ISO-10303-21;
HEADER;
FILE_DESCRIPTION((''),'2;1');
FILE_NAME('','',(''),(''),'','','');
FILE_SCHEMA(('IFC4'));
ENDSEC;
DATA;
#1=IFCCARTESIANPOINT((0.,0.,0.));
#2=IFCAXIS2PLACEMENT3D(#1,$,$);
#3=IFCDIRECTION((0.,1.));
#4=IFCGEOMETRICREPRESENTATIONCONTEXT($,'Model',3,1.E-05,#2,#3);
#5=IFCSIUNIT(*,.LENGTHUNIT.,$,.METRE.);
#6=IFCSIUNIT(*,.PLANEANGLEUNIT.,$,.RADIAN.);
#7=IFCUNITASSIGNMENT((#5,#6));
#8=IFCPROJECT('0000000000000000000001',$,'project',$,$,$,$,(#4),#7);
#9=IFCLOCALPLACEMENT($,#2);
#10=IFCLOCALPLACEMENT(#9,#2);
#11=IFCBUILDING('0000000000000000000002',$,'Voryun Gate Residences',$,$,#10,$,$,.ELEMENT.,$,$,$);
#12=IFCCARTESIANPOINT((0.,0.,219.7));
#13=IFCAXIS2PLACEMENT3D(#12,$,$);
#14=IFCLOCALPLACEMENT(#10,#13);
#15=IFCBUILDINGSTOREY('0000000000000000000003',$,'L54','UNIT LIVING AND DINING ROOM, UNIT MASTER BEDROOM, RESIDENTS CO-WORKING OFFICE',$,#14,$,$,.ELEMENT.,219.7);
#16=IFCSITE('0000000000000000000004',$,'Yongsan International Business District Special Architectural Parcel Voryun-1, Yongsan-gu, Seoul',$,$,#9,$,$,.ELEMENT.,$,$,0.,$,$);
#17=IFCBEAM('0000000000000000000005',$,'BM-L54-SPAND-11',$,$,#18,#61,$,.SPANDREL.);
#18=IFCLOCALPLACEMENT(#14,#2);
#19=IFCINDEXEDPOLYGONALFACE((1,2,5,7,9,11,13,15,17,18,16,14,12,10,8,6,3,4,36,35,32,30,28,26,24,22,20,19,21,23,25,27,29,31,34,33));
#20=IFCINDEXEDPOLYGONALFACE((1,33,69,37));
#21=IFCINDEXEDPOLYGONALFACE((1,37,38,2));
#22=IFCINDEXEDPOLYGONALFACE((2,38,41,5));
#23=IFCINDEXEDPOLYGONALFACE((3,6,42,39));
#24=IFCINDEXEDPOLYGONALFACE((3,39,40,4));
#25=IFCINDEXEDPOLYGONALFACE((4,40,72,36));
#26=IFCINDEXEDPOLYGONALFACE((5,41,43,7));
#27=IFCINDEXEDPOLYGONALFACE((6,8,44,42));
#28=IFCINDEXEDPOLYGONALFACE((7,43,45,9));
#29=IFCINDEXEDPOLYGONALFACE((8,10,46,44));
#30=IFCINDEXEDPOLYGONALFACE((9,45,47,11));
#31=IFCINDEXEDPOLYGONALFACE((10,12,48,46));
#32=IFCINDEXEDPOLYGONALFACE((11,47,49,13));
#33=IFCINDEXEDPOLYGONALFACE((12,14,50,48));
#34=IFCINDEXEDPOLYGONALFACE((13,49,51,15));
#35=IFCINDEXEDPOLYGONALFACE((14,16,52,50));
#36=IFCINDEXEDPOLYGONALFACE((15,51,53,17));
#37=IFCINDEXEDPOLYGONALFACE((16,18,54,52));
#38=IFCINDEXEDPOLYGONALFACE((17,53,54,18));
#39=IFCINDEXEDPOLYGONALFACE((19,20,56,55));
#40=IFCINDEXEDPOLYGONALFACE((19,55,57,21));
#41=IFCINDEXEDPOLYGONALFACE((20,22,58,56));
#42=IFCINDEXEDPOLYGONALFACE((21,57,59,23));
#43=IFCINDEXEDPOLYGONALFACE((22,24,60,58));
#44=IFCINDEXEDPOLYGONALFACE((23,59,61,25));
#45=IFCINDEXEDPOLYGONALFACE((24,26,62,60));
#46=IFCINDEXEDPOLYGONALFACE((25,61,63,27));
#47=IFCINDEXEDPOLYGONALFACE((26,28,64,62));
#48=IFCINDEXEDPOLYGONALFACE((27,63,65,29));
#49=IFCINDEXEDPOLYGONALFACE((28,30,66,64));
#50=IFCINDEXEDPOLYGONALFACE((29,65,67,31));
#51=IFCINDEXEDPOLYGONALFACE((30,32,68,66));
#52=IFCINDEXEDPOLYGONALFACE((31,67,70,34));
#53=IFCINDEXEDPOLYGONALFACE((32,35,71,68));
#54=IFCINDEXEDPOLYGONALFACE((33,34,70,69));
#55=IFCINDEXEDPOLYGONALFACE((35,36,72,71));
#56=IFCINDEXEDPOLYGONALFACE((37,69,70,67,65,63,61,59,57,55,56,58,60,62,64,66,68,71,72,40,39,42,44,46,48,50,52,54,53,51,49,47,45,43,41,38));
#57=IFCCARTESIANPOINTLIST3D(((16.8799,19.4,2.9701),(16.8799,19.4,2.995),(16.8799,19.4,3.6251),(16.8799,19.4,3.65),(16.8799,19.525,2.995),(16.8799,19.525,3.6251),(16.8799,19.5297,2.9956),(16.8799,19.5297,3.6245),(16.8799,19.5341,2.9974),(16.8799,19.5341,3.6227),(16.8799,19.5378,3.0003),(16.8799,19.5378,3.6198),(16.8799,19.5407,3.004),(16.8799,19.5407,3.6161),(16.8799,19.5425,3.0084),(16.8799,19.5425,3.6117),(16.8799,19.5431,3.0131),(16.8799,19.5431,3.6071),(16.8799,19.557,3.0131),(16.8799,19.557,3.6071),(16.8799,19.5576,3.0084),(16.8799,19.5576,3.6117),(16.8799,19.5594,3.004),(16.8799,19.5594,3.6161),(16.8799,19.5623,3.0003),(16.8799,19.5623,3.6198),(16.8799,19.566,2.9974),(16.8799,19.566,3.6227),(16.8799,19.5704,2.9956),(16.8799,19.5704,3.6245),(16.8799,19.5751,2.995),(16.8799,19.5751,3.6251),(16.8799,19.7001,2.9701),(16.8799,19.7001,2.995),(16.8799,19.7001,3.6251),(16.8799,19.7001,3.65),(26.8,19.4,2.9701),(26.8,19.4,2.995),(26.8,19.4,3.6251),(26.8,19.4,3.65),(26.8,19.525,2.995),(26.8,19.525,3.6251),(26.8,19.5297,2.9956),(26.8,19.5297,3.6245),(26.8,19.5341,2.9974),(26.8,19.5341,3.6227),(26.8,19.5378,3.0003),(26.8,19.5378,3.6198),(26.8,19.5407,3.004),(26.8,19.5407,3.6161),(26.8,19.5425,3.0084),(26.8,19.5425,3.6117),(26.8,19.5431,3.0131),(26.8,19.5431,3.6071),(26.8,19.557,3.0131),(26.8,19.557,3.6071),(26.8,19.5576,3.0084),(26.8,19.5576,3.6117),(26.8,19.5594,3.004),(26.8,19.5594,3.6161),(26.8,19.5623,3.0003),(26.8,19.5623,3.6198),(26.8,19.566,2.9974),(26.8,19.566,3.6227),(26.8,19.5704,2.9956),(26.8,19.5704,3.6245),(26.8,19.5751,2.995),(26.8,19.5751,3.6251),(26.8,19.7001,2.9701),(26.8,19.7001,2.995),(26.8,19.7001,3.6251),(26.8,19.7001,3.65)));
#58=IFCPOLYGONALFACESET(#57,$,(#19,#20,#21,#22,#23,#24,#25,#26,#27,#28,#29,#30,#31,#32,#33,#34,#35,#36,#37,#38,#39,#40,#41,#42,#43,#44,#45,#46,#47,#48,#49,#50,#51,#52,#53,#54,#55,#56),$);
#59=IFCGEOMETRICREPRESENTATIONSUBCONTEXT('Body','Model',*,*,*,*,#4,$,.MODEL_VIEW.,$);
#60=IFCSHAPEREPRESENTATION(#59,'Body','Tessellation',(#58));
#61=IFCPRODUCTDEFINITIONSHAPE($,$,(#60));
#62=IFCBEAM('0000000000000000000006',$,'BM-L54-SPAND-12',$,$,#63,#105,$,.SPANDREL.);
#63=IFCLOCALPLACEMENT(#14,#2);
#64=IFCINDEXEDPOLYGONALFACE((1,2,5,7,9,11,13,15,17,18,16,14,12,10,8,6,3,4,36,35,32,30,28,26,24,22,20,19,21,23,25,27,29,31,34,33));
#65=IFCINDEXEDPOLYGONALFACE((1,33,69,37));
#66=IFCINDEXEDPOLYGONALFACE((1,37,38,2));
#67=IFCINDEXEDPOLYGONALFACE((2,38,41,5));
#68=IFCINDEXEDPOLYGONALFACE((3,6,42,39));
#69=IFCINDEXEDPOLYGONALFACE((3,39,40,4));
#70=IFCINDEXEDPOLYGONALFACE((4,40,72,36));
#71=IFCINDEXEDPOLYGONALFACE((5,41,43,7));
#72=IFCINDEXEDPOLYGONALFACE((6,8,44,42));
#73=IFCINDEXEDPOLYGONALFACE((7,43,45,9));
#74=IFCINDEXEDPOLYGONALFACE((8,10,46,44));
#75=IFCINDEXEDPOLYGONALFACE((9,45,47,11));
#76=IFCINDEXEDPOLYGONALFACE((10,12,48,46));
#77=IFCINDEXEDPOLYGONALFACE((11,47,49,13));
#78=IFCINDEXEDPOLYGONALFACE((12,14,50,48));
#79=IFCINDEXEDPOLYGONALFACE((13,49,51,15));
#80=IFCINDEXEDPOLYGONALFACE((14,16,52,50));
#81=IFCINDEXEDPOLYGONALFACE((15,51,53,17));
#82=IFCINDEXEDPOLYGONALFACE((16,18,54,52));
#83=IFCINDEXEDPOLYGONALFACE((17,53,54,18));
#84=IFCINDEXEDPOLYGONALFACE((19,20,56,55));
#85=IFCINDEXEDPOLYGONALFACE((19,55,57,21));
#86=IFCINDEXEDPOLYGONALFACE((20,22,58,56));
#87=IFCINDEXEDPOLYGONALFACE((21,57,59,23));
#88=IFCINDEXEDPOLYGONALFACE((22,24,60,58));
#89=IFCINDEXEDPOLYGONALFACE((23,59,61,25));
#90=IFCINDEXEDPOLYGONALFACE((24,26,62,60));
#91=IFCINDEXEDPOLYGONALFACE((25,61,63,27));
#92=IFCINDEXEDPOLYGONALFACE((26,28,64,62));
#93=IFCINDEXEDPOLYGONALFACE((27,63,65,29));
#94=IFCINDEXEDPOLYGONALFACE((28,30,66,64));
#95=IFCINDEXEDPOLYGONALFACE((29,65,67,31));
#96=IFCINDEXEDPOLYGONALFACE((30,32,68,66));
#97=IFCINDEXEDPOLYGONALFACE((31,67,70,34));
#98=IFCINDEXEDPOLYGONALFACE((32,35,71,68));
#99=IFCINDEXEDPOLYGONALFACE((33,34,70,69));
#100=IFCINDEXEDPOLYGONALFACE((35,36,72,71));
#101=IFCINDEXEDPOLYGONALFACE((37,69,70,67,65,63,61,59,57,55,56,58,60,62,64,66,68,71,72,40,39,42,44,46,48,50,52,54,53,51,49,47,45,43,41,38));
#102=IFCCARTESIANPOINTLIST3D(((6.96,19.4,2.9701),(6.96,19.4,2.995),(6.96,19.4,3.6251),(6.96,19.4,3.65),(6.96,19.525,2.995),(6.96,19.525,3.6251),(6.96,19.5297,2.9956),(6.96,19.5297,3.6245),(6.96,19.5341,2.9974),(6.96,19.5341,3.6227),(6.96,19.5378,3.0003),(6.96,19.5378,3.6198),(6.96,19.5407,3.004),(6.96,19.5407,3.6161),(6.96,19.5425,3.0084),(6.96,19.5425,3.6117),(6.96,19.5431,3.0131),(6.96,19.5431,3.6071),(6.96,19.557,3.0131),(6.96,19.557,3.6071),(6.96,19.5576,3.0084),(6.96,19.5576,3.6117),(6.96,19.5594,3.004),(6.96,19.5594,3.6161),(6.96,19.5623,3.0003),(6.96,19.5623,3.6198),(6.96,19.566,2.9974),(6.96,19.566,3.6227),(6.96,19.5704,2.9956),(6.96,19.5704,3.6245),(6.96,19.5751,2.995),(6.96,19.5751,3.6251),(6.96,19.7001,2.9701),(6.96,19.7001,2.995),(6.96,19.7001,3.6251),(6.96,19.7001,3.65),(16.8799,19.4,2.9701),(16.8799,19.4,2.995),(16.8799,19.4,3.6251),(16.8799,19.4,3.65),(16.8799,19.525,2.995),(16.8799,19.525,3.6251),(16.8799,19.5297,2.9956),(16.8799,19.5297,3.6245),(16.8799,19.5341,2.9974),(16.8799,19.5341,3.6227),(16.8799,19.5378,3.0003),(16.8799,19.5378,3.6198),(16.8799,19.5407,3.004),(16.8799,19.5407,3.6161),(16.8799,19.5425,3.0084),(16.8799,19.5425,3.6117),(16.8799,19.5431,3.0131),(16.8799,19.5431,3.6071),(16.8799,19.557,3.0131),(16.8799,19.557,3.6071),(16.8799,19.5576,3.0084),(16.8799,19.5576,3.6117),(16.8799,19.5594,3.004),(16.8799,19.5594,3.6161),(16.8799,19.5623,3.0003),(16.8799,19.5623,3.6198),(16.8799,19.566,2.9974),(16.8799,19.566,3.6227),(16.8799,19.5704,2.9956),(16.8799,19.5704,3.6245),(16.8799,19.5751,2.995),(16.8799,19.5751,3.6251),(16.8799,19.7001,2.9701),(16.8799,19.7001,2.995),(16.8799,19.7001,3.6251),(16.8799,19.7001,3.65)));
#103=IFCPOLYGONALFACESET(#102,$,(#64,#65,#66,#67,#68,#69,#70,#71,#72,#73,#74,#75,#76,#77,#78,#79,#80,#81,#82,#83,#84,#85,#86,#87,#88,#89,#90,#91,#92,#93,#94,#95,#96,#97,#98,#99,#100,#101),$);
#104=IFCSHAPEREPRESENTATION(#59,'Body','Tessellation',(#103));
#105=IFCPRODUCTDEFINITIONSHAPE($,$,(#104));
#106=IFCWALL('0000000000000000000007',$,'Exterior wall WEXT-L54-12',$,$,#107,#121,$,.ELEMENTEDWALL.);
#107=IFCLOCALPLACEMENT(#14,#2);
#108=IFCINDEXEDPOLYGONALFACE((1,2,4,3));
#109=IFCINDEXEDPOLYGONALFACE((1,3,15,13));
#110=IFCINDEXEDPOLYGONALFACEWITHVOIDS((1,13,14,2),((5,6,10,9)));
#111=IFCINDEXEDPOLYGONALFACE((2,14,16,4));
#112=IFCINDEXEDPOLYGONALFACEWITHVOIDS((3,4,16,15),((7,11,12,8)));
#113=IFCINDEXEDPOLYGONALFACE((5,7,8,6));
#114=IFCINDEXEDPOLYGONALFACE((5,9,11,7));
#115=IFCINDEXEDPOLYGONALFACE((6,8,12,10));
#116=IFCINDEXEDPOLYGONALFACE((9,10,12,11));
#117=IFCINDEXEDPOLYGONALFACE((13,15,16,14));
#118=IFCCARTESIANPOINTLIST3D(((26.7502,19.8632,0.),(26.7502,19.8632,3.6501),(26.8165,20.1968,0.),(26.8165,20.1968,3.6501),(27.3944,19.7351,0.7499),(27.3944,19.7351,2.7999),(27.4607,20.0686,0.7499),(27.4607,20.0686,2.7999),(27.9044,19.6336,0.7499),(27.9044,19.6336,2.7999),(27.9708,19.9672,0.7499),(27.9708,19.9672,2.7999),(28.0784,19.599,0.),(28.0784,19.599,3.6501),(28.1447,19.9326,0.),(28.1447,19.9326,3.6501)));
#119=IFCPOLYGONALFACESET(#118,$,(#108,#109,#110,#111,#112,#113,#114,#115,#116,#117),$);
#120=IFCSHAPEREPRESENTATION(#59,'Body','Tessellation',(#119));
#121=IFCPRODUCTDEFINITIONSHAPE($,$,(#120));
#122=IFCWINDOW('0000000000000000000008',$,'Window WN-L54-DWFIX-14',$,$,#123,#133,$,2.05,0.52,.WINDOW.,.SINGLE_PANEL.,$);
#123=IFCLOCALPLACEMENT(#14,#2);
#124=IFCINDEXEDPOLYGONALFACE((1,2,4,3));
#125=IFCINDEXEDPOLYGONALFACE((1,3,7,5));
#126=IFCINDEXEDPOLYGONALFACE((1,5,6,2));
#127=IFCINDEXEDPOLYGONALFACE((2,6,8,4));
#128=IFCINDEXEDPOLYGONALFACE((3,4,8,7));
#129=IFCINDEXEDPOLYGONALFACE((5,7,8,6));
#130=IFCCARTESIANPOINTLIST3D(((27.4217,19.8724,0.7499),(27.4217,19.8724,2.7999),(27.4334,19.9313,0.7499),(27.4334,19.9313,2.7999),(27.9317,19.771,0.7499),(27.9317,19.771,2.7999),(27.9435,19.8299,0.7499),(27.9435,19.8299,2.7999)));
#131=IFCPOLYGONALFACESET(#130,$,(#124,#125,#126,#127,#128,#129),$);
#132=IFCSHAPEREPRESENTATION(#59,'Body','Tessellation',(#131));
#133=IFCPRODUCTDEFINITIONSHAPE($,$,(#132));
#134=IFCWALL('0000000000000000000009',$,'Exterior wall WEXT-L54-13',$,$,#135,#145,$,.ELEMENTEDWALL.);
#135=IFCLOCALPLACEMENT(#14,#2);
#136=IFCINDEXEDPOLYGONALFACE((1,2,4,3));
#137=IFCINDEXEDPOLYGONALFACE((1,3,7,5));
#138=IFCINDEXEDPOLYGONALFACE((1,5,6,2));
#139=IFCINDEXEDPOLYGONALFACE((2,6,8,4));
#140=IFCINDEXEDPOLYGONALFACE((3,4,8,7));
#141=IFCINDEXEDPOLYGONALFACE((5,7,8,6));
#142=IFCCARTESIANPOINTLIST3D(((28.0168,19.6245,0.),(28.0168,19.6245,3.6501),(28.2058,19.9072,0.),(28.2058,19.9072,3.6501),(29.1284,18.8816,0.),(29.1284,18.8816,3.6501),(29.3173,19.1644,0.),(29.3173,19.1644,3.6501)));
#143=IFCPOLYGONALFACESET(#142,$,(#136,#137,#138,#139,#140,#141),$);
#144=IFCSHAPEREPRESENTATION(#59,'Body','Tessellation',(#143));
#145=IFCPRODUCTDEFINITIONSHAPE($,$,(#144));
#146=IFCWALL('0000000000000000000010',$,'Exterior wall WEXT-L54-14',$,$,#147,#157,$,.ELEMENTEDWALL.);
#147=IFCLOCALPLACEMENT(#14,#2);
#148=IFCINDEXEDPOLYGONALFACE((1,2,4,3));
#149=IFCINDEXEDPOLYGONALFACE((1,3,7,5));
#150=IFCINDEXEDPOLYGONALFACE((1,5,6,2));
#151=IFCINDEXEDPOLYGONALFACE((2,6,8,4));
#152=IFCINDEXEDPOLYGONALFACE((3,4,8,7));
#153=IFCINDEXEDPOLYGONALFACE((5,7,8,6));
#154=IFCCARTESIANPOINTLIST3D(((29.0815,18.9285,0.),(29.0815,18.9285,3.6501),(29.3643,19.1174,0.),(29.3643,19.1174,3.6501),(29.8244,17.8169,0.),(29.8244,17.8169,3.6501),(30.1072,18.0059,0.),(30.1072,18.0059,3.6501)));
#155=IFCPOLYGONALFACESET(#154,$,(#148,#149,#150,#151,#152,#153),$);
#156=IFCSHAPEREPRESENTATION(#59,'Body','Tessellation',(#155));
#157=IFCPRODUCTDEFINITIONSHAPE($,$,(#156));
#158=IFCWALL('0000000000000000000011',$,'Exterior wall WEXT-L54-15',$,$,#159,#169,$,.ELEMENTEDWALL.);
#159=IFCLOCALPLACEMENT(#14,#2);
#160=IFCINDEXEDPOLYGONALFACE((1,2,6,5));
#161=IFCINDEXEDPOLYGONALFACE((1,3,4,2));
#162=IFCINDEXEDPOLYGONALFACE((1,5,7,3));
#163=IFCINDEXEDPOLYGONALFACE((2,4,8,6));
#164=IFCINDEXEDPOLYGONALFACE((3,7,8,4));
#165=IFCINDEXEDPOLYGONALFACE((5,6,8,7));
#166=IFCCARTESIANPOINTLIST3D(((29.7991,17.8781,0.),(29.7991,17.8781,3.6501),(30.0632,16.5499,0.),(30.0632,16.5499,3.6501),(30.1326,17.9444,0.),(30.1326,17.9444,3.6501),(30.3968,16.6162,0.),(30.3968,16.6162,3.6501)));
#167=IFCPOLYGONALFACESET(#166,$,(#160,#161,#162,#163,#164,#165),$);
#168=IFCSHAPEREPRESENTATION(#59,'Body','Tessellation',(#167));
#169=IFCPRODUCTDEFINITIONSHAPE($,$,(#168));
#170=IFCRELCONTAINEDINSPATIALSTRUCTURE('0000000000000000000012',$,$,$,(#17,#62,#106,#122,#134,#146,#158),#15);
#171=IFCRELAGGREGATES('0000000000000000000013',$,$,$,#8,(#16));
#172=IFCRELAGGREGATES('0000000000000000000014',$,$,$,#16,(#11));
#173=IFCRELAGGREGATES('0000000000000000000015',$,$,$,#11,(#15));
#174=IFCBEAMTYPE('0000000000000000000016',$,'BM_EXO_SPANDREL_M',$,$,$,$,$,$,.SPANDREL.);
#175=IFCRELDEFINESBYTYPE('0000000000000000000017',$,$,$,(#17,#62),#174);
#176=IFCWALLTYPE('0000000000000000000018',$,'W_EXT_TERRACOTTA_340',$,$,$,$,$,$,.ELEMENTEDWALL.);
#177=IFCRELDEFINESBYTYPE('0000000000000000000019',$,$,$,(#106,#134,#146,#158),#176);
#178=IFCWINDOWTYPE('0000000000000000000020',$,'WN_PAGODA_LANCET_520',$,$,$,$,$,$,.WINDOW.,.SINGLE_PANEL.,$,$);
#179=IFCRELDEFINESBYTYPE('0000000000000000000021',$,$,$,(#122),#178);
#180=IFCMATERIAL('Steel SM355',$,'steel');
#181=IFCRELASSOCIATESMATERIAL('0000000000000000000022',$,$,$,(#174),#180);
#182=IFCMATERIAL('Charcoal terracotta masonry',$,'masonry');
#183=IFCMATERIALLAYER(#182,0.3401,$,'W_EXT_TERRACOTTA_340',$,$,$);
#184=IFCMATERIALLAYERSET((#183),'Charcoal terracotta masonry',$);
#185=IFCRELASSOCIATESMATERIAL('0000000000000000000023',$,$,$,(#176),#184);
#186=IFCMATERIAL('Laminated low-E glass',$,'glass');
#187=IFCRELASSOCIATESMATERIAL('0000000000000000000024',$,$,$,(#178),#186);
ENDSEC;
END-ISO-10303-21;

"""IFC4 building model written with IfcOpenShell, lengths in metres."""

from ifc_helpers import new_model, si_unit, direction, frame, frame_2d, origin, origin_2d, place, context, subcontext, project, spatial, rectangle, i_section, extrude, material, layer, layer_set, material_profile, profile_set, type_object, element, fill, save


model = new_model("IFC4")

# Units and contexts
model_context = context("Model", 3, precision=1e-05, world=origin(), true_north=direction((0.0, 1.0)))
body_context = subcontext(model_context, "Body", "Model", "MODEL_VIEW")
ifc_project = project(units=[si_unit("LENGTHUNIT", "METRE"), si_unit("PLANEANGLEUNIT", "RADIAN")], contexts=[model_context])

# Site, building, storey
site_placement = place(None, origin())
site = spatial("IfcSite", under=ifc_project, at=site_placement, Name="Yongsan International Business District Special Architectural Parcel Voryun-1, Yongsan-gu, Seoul", CompositionType="ELEMENT", RefElevation=0.0)
building_placement = place(site_placement, origin())
building = spatial("IfcBuilding", under=site, at=building_placement, Name="Voryun Gate Residences", CompositionType="ELEMENT")
storey_placement = place(building_placement, frame((0.0, 0.0, 219.7)))
storey = spatial("IfcBuildingStorey", under=building, at=storey_placement, Name="L54", Description="UNIT LIVING AND DINING ROOM, UNIT MASTER BEDROOM, RESIDENTS CO-WORKING OFFICE", CompositionType="ELEMENT", Elevation=219.7)

# Beams
ifc_material_1 = material(Name="Steel SM355", Category="steel")
ifc_material_profile_1 = material_profile(ifc_material_1, i_section(OverallWidth=0.3, OverallDepth=0.6799, WebThickness=0.0139, FlangeThickness=0.0249, FilletRadius=0.0181, at=origin_2d()), Name="H-680x300x14x25")
ifc_profile_set_1 = profile_set([ifc_material_profile_1], Name="Steel SM355")
beam_type = type_object("IfcBeamType", Name="BM_EXO_SPANDREL_M", PredefinedType="SPANDREL", material=ifc_profile_set_1)
beam_1_placement = place(storey_placement, frame((26.8, 19.55, 3.3101), z_axis=(-1.0, 0.0, 0.0), x_axis=(0.0, -1.0, 0.0)))
element("IfcBeam", 1, at=beam_1_placement, inside=storey, type_object=beam_type, Name="BM-L54-SPAND-11", PredefinedType="SPANDREL", context=body_context, shape_type="SweptSolid", body=[
    extrude(i_section(OverallWidth=0.3, OverallDepth=0.6799, WebThickness=0.0139, FlangeThickness=0.0249, FilletRadius=0.0181, at=origin_2d()), origin(), (0.0, 0.0, 1.0), 9.9202),
])
beam_2_placement = place(storey_placement, frame((16.8799, 19.55, 3.3101), z_axis=(-1.0, 0.0, 0.0), x_axis=(0.0, -1.0, 0.0)))
element("IfcBeam", 2, at=beam_2_placement, inside=storey, type_object=beam_type, Name="BM-L54-SPAND-12", PredefinedType="SPANDREL", context=body_context, shape_type="SweptSolid", body=[
    extrude(i_section(OverallWidth=0.3, OverallDepth=0.6799, WebThickness=0.0139, FlangeThickness=0.0249, FilletRadius=0.0181, at=origin_2d()), origin(), (0.0, 0.0, 1.0), 9.9199),
])

# Wall, opening, window
ifc_material_2 = material(Name="Charcoal terracotta masonry", Category="masonry")
ifc_layer_1 = layer(ifc_material_2, 0.3401, Name="W_EXT_TERRACOTTA_340")
ifc_layer_set_1 = layer_set([ifc_layer_1], Name="Charcoal terracotta masonry")
wall_type_1 = type_object("IfcWallType", Name="W_EXT_TERRACOTTA_340", PredefinedType="ELEMENTEDWALL", material=ifc_layer_set_1)
wall_1_placement = place(storey_placement, frame((26.7832, 20.03, 0.0), z_axis=(0.0, 0.0, 1.0), x_axis=(0.980788, -0.195076, 0.0)))
wall_1 = element("IfcWall", 3, at=wall_1_placement, inside=storey, type_object=wall_type_1, Name="Exterior wall WEXT-L54-12", PredefinedType="ELEMENTEDWALL", context=body_context, shape_type="SweptSolid", body=[
    extrude(rectangle(XDim=1.3542, YDim=0.3401, at=frame_2d((0.6772, 0.0))), origin(), (0.0, 0.0, 1.0), 3.6501),
])
opening_1_placement = place(wall_1_placement, frame((0.657, 0.0, 0.75)))
opening_1 = element("IfcOpeningElement", 4, at=opening_1_placement, cuts=wall_1, PredefinedType="OPENING", context=body_context, shape_type="SweptSolid", body=[
    extrude(rectangle(XDim=0.52, YDim=2.05, at=frame_2d((0.26, 1.0249))), frame((0.0, 0.1799, 0.0), z_axis=(0.0, -1.0, 0.0), x_axis=(1.0, 0.0, 0.0)), (0.0, 0.0, 1.0), 0.3601),
])
ifc_material_3 = material(Name="Laminated low-E glass", Category="glass")
window_type_1 = type_object("IfcWindowType", Name="WN_PAGODA_LANCET_520", PartitioningType="SINGLE_PANEL", PredefinedType="WINDOW", material=ifc_material_3)
window_1_placement = place(opening_1_placement, origin())
window_1 = element("IfcWindow", 5, at=window_1_placement, inside=storey, type_object=window_type_1, Name="Window WN-L54-DWFIX-14", OverallHeight=2.05, OverallWidth=0.52, PartitioningType="SINGLE_PANEL", PredefinedType="WINDOW", context=body_context, shape_type="SweptSolid", body=[
    extrude(rectangle(XDim=0.52, YDim=2.05, at=frame_2d((0.26, 1.0249))), frame((0.0, 0.03, 0.0), z_axis=(0.0, -1.0, 0.0), x_axis=(1.0, 0.0, 0.0)), (0.0, 0.0, 1.0), 0.0601),
])
fill(opening_1, window_1)

# Walls
for number, where, z_axis, x_axis, name in (
    (6, (28.1113, 19.7659, 0.0), (0.0, 0.0, 1.0), (0.831404, -0.555669, 0.0), "Exterior wall WEXT-L54-13"),
    (7, (29.2229, 19.0229, 0.0), (0.0, 0.0, 1.0), (0.555669, -0.831404, 0.0), "Exterior wall WEXT-L54-14"),
):
    element("IfcWall", number, at=place(storey_placement, frame(where, z_axis=z_axis, x_axis=x_axis)), inside=storey, type_object=wall_type_1, Name=name, PredefinedType="ELEMENTEDWALL", context=body_context, shape_type="SweptSolid", body=[
        extrude(rectangle(XDim=1.3369, YDim=0.3401, at=frame_2d((0.6685, 0.0))), origin(), (0.0, 0.0, 1.0), 3.6501),
    ])
wall_2_placement = place(storey_placement, frame((29.9658, 17.9114, 0.0), z_axis=(0.0, 0.0, 1.0), x_axis=(0.195076, -0.980788, 0.0)))
element("IfcWall", 8, at=wall_2_placement, inside=storey, type_object=wall_type_1, Name="Exterior wall WEXT-L54-15", PredefinedType="ELEMENTEDWALL", context=body_context, shape_type="SweptSolid", body=[
    extrude(rectangle(XDim=1.3542, YDim=0.3401, at=frame_2d((0.6772, 0.0))), origin(), (0.0, 0.0, 1.0), 3.6501),
])

save(model, "model.ifc")
